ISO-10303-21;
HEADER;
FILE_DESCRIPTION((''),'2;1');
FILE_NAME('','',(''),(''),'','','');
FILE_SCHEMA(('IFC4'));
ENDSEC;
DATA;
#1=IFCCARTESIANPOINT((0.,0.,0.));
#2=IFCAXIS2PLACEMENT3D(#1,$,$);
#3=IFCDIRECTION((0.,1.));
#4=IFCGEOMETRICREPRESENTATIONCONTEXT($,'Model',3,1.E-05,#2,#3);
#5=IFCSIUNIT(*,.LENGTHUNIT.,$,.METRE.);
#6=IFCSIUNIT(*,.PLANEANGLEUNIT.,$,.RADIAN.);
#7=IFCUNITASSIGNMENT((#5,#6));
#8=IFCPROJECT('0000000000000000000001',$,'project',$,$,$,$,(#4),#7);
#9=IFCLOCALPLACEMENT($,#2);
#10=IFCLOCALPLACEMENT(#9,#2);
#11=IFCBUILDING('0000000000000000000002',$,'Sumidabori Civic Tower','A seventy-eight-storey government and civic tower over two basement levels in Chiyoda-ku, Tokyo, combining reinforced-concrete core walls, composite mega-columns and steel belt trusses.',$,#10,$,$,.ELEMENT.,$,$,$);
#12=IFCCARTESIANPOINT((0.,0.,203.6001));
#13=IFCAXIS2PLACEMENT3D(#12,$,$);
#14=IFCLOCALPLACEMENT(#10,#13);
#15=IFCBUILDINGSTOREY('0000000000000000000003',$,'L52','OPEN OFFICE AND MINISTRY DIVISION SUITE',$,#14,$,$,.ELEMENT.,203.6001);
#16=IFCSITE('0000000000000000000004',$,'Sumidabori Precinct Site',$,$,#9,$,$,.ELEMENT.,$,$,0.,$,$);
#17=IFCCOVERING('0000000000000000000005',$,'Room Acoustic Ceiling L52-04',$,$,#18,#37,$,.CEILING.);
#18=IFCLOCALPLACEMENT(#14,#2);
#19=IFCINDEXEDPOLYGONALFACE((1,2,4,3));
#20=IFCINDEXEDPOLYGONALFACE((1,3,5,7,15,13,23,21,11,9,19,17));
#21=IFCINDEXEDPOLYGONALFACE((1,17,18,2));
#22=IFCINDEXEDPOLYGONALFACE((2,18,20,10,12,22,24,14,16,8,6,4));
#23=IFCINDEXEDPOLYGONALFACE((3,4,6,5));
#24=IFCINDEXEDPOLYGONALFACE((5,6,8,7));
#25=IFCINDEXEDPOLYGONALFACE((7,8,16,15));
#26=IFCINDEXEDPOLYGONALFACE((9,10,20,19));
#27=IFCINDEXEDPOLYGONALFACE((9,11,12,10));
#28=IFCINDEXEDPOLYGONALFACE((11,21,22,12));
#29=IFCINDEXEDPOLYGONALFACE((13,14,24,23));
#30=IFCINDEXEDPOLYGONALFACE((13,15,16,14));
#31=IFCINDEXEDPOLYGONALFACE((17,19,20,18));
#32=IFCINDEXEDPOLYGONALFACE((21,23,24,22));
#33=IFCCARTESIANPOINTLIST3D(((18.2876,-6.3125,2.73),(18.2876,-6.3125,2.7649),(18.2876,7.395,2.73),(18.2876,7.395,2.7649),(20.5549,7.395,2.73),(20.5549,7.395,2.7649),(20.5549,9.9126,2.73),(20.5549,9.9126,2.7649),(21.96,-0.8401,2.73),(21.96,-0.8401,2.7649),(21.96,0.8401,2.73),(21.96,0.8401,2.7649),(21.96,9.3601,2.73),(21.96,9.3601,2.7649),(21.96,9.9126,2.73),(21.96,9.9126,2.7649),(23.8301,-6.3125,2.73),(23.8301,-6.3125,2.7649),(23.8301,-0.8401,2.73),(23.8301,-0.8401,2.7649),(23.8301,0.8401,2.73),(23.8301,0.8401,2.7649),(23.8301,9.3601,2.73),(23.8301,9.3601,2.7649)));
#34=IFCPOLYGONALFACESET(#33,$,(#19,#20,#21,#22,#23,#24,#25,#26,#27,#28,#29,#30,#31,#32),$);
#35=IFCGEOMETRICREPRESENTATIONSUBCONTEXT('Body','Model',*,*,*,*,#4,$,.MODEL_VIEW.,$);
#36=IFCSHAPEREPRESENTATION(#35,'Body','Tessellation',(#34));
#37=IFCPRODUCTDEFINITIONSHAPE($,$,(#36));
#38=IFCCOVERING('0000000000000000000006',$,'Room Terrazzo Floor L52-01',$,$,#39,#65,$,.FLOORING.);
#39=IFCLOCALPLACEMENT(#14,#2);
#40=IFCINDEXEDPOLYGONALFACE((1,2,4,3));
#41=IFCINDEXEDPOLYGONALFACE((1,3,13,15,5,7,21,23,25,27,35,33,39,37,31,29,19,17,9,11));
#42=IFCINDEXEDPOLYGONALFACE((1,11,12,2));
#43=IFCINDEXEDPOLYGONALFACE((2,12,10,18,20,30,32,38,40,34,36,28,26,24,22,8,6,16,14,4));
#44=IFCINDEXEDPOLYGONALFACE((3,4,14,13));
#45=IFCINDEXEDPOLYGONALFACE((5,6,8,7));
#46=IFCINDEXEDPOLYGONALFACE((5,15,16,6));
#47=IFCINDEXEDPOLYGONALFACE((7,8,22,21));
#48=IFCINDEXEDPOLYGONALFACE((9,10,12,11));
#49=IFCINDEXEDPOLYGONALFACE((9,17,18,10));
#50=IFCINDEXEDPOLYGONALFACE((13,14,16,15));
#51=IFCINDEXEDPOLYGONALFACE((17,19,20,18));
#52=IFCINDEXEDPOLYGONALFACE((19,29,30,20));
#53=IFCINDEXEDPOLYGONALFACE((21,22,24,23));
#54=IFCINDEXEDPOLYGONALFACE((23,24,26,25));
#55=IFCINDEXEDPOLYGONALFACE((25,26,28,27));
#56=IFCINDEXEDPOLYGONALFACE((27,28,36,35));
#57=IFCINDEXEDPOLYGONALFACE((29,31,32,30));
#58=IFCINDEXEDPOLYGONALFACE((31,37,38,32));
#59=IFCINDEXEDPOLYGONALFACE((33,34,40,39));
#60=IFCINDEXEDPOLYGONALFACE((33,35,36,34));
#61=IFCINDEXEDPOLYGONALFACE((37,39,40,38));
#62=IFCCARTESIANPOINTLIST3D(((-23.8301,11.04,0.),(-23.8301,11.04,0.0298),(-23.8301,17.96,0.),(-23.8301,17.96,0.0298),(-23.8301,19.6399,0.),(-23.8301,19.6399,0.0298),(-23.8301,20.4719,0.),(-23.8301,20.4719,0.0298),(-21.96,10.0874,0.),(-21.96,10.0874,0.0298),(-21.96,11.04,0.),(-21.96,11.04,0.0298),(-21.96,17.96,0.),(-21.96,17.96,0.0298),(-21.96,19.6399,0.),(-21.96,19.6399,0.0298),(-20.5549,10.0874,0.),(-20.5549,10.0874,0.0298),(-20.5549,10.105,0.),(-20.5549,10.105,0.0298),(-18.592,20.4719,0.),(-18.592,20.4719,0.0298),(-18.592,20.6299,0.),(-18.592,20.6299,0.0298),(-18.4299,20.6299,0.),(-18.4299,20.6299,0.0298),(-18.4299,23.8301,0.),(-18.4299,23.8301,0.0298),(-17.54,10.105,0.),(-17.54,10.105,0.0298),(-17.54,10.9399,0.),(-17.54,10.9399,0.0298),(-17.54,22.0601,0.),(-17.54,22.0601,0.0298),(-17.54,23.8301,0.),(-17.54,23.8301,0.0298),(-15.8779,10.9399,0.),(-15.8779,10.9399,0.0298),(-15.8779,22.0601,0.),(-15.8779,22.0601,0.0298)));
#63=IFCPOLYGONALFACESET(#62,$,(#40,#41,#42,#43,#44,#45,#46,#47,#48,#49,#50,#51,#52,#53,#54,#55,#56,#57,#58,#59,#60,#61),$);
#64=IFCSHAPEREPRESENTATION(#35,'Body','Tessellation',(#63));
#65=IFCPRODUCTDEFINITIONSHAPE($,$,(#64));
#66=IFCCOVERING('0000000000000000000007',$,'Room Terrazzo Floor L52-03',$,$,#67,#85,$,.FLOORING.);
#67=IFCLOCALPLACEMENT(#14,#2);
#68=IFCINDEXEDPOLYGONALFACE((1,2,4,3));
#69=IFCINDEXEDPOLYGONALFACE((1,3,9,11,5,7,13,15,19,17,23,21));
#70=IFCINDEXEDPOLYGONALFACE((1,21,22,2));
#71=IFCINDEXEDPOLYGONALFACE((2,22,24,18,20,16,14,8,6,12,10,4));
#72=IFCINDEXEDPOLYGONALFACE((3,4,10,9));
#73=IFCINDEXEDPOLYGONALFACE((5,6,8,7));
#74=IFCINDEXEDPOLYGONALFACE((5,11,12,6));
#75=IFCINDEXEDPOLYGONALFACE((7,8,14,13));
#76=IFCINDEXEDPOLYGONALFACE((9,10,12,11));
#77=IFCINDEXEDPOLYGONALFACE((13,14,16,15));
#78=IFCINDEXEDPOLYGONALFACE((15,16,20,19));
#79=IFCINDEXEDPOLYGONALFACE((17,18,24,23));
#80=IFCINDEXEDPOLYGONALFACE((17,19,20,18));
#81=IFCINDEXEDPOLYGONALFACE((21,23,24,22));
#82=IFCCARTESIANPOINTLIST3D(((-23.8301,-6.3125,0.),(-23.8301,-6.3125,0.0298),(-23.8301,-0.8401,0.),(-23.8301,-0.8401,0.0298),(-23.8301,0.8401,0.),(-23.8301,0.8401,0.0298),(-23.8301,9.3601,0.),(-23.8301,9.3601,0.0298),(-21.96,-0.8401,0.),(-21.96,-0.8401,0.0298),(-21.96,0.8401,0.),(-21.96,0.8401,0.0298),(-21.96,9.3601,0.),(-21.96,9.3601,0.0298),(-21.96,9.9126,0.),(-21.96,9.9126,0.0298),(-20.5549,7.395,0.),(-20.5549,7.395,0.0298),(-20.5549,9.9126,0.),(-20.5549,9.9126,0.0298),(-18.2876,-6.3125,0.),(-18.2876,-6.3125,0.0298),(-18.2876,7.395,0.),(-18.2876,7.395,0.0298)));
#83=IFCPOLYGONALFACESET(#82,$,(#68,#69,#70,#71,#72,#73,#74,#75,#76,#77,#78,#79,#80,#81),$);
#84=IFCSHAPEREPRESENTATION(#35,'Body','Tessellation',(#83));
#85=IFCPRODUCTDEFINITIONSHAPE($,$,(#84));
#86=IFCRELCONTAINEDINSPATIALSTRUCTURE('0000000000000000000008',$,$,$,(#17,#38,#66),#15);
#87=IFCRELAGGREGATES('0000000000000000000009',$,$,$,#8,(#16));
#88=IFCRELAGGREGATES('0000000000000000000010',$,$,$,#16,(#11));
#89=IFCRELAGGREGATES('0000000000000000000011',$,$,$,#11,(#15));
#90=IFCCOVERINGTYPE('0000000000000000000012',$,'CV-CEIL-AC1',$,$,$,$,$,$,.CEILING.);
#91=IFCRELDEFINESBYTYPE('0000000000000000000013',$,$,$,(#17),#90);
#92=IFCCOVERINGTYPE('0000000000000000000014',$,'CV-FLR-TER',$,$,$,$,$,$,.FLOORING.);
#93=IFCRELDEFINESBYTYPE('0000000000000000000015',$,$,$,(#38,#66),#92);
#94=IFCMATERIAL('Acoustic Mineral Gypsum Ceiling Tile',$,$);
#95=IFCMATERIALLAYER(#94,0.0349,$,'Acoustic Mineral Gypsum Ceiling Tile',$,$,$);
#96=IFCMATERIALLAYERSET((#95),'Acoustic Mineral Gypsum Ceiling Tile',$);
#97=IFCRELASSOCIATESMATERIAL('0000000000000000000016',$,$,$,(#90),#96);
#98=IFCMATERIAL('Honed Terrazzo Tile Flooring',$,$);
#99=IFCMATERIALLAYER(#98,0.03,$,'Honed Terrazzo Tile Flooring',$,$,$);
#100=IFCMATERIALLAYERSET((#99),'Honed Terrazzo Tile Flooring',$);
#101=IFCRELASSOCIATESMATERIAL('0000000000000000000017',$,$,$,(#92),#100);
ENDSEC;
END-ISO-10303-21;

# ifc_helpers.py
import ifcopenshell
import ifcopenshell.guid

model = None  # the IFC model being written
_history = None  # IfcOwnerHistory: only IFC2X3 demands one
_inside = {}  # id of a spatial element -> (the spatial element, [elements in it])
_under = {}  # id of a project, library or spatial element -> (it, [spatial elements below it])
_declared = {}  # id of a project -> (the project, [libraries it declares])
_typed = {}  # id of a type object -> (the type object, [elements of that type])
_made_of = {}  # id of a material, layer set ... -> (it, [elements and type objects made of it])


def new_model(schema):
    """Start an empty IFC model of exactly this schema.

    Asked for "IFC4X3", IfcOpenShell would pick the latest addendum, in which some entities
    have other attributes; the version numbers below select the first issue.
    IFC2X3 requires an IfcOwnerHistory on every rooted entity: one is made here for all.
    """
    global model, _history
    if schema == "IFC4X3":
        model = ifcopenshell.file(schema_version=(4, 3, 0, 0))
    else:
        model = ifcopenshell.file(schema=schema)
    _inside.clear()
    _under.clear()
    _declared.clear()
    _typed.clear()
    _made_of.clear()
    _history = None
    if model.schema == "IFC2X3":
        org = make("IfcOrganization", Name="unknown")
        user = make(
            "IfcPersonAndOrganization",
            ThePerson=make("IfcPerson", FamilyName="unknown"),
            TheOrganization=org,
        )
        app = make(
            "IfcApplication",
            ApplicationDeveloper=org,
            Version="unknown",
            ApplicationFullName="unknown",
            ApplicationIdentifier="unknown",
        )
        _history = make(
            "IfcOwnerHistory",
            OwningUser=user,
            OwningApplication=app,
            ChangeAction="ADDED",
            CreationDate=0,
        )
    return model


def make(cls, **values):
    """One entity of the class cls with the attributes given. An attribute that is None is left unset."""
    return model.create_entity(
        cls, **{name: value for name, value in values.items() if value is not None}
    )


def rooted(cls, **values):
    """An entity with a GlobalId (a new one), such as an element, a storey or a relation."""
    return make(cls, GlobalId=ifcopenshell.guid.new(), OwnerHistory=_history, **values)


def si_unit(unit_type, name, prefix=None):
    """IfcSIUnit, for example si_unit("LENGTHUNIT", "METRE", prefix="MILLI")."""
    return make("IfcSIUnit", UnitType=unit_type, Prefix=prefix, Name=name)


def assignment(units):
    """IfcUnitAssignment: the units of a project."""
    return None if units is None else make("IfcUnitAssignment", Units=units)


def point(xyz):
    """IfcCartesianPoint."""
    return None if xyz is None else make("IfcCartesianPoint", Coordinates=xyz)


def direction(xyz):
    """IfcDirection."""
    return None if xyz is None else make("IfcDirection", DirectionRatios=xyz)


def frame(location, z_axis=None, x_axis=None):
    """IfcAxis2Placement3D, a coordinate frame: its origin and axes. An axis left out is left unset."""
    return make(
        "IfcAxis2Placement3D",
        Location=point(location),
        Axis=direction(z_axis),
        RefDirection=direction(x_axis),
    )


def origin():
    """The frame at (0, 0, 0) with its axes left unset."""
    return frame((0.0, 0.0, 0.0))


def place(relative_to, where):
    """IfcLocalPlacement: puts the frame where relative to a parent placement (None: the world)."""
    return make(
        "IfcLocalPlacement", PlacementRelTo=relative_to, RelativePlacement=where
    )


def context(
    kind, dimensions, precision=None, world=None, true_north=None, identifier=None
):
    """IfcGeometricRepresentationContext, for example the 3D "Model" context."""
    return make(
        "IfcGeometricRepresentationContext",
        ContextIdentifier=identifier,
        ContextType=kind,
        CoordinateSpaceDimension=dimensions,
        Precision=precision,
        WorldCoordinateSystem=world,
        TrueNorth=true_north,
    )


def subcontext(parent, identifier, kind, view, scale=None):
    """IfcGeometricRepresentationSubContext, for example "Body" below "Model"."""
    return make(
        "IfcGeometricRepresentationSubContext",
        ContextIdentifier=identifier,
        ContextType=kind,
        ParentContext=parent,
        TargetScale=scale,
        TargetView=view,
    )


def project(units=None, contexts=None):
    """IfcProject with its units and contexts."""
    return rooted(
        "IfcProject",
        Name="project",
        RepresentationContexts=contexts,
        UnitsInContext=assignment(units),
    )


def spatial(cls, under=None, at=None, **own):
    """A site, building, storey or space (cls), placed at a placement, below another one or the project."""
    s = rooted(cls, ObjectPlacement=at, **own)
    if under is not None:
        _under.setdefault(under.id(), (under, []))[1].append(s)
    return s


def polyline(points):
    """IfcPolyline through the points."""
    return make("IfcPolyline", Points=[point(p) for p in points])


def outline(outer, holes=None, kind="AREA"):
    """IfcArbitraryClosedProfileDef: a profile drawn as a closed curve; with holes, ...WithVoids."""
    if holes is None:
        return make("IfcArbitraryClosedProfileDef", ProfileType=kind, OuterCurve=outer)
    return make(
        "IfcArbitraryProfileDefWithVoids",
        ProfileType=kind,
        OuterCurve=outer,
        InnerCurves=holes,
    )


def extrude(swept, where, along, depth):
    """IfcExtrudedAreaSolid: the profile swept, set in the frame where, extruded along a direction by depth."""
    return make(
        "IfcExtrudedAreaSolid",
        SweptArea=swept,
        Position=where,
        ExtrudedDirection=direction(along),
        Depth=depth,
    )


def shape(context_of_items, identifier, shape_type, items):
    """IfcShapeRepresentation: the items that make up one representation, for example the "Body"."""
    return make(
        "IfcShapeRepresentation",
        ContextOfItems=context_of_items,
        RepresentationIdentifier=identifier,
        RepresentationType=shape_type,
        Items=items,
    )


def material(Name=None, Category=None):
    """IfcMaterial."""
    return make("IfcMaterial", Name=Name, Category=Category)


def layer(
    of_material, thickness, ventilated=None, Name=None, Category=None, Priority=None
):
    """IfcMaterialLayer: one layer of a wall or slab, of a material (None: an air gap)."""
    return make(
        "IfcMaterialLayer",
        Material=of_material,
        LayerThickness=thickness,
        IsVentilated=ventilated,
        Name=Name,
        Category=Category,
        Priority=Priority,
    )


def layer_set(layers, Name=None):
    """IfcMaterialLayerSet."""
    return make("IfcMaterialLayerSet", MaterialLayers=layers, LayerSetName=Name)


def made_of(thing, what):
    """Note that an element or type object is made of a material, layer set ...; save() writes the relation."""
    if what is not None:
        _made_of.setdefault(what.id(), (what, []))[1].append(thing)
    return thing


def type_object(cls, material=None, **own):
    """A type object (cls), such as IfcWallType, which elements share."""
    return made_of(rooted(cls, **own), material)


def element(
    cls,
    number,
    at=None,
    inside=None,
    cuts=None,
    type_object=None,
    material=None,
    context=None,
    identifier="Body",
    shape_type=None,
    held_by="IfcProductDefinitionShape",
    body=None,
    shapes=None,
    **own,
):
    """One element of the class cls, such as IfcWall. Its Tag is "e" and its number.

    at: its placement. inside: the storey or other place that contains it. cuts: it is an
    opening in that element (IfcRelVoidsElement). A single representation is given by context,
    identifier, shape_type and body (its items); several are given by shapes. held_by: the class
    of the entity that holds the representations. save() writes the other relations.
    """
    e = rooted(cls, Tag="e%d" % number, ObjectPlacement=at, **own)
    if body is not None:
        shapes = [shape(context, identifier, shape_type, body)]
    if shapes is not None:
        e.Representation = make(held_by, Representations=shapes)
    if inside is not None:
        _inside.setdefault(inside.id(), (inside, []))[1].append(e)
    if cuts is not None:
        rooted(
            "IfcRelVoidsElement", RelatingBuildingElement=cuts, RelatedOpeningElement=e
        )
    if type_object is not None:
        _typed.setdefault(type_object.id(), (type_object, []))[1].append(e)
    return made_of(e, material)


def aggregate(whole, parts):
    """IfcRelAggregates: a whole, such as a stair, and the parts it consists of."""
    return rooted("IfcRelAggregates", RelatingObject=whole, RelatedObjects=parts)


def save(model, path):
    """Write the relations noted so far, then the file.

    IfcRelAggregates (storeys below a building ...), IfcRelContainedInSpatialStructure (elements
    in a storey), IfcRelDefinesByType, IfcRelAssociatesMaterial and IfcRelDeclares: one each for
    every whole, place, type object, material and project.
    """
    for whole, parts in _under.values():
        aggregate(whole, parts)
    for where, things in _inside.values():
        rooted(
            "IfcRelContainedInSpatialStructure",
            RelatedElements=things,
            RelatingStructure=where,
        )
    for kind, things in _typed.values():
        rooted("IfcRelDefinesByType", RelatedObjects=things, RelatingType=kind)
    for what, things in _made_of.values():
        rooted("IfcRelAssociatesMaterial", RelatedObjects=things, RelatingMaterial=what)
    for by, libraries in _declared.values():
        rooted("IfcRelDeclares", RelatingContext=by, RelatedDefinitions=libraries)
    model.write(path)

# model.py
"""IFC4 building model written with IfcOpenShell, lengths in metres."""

from ifc_helpers import new_model, si_unit, direction, frame, origin, place, context, subcontext, project, spatial, polyline, outline, extrude, material, layer, layer_set, type_object, element, save


model = new_model("IFC4")

# Units and contexts
model_context = context("Model", 3, precision=1e-05, world=origin(), true_north=direction((0.0, 1.0)))
body_context = subcontext(model_context, "Body", "Model", "MODEL_VIEW")
ifc_project = project(units=[si_unit("LENGTHUNIT", "METRE"), si_unit("PLANEANGLEUNIT", "RADIAN")], contexts=[model_context])

# Site, building, storey
site_placement = place(None, origin())
site = spatial("IfcSite", under=ifc_project, at=site_placement, Name="Sumidabori Precinct Site", CompositionType="ELEMENT", RefElevation=0.0)
building_placement = place(site_placement, origin())
building = spatial("IfcBuilding", under=site, at=building_placement, Name="Sumidabori Civic Tower", Description="A seventy-eight-storey government and civic tower over two basement levels in Chiyoda-ku, Tokyo, combining reinforced-concrete core walls, composite mega-columns and steel belt trusses.", CompositionType="ELEMENT")
storey_placement = place(building_placement, frame((0.0, 0.0, 203.6001)))
storey = spatial("IfcBuildingStorey", under=building, at=storey_placement, Name="L52", Description="OPEN OFFICE AND MINISTRY DIVISION SUITE", CompositionType="ELEMENT", Elevation=203.6001)

# Coverings
ifc_material_1 = material(Name="Acoustic Mineral Gypsum Ceiling Tile")
ifc_layer_1 = layer(ifc_material_1, 0.0349, Name="Acoustic Mineral Gypsum Ceiling Tile")
ifc_layer_set_1 = layer_set([ifc_layer_1], Name="Acoustic Mineral Gypsum Ceiling Tile")
covering_type_1 = type_object("IfcCoveringType", Name="CV-CEIL-AC1", PredefinedType="CEILING", material=ifc_layer_set_1)
covering_1_placement = place(storey_placement, frame((0.0, 0.0, 2.73)))
element("IfcCovering", 1, at=covering_1_placement, inside=storey, type_object=covering_type_1, Name="Room Acoustic Ceiling L52-04", PredefinedType="CEILING", context=body_context, shape_type="SweptSolid", body=[
    extrude(outline(polyline([(18.2876, 7.395), (20.5549, 7.395), (20.5549, 9.9126), (21.96, 9.9126), (21.96, 9.3601), (23.8301, 9.3601), (23.8301, 0.8401), (21.96, 0.8401), (21.96, -0.8401), (23.8301, -0.8401), (23.8301, -6.3125), (18.2876, -6.3125), (18.2876, 7.395)])), origin(), (0.0, 0.0, 1.0), 0.0349),
])
ifc_material_2 = material(Name="Honed Terrazzo Tile Flooring")
ifc_layer_2 = layer(ifc_material_2, 0.03, Name="Honed Terrazzo Tile Flooring")
ifc_layer_set_2 = layer_set([ifc_layer_2], Name="Honed Terrazzo Tile Flooring")
covering_type_2 = type_object("IfcCoveringType", Name="CV-FLR-TER", PredefinedType="FLOORING", material=ifc_layer_set_2)
covering_2_placement = place(storey_placement, origin())
element("IfcCovering", 2, at=covering_2_placement, inside=storey, type_object=covering_type_2, Name="Room Terrazzo Floor L52-01", PredefinedType="FLOORING", context=body_context, shape_type="SweptSolid", body=[
    extrude(outline(polyline([(-23.8301, 17.96), (-21.96, 17.96), (-21.96, 19.6399), (-23.8301, 19.6399), (-23.8301, 20.4719), (-18.592, 20.4719), (-18.592, 20.6299), (-18.4299, 20.6299), (-18.4299, 23.8301), (-17.54, 23.8301), (-17.54, 22.0601), (-15.8779, 22.0601), (-15.8779, 10.9399), (-17.54, 10.9399), (-17.54, 10.105), (-20.5549, 10.105), (-20.5549, 10.0874), (-21.96, 10.0874), (-21.96, 11.04), (-23.8301, 11.04), (-23.8301, 17.96)])), origin(), (0.0, 0.0, 1.0), 0.0298),
])
covering_3_placement = place(storey_placement, origin())
element("IfcCovering", 3, at=covering_3_placement, inside=storey, type_object=covering_type_2, Name="Room Terrazzo Floor L52-03", PredefinedType="FLOORING", context=body_context, shape_type="SweptSolid", body=[
    extrude(outline(polyline([(-23.8301, -6.3125), (-23.8301, -0.8401), (-21.96, -0.8401), (-21.96, 0.8401), (-23.8301, 0.8401), (-23.8301, 9.3601), (-21.96, 9.3601), (-21.96, 9.9126), (-20.5549, 9.9126), (-20.5549, 7.395), (-18.2876, 7.395), (-18.2876, -6.3125), (-23.8301, -6.3125)])), origin(), (0.0, 0.0, 1.0), 0.0298),
])

save(model, "model.ifc")
